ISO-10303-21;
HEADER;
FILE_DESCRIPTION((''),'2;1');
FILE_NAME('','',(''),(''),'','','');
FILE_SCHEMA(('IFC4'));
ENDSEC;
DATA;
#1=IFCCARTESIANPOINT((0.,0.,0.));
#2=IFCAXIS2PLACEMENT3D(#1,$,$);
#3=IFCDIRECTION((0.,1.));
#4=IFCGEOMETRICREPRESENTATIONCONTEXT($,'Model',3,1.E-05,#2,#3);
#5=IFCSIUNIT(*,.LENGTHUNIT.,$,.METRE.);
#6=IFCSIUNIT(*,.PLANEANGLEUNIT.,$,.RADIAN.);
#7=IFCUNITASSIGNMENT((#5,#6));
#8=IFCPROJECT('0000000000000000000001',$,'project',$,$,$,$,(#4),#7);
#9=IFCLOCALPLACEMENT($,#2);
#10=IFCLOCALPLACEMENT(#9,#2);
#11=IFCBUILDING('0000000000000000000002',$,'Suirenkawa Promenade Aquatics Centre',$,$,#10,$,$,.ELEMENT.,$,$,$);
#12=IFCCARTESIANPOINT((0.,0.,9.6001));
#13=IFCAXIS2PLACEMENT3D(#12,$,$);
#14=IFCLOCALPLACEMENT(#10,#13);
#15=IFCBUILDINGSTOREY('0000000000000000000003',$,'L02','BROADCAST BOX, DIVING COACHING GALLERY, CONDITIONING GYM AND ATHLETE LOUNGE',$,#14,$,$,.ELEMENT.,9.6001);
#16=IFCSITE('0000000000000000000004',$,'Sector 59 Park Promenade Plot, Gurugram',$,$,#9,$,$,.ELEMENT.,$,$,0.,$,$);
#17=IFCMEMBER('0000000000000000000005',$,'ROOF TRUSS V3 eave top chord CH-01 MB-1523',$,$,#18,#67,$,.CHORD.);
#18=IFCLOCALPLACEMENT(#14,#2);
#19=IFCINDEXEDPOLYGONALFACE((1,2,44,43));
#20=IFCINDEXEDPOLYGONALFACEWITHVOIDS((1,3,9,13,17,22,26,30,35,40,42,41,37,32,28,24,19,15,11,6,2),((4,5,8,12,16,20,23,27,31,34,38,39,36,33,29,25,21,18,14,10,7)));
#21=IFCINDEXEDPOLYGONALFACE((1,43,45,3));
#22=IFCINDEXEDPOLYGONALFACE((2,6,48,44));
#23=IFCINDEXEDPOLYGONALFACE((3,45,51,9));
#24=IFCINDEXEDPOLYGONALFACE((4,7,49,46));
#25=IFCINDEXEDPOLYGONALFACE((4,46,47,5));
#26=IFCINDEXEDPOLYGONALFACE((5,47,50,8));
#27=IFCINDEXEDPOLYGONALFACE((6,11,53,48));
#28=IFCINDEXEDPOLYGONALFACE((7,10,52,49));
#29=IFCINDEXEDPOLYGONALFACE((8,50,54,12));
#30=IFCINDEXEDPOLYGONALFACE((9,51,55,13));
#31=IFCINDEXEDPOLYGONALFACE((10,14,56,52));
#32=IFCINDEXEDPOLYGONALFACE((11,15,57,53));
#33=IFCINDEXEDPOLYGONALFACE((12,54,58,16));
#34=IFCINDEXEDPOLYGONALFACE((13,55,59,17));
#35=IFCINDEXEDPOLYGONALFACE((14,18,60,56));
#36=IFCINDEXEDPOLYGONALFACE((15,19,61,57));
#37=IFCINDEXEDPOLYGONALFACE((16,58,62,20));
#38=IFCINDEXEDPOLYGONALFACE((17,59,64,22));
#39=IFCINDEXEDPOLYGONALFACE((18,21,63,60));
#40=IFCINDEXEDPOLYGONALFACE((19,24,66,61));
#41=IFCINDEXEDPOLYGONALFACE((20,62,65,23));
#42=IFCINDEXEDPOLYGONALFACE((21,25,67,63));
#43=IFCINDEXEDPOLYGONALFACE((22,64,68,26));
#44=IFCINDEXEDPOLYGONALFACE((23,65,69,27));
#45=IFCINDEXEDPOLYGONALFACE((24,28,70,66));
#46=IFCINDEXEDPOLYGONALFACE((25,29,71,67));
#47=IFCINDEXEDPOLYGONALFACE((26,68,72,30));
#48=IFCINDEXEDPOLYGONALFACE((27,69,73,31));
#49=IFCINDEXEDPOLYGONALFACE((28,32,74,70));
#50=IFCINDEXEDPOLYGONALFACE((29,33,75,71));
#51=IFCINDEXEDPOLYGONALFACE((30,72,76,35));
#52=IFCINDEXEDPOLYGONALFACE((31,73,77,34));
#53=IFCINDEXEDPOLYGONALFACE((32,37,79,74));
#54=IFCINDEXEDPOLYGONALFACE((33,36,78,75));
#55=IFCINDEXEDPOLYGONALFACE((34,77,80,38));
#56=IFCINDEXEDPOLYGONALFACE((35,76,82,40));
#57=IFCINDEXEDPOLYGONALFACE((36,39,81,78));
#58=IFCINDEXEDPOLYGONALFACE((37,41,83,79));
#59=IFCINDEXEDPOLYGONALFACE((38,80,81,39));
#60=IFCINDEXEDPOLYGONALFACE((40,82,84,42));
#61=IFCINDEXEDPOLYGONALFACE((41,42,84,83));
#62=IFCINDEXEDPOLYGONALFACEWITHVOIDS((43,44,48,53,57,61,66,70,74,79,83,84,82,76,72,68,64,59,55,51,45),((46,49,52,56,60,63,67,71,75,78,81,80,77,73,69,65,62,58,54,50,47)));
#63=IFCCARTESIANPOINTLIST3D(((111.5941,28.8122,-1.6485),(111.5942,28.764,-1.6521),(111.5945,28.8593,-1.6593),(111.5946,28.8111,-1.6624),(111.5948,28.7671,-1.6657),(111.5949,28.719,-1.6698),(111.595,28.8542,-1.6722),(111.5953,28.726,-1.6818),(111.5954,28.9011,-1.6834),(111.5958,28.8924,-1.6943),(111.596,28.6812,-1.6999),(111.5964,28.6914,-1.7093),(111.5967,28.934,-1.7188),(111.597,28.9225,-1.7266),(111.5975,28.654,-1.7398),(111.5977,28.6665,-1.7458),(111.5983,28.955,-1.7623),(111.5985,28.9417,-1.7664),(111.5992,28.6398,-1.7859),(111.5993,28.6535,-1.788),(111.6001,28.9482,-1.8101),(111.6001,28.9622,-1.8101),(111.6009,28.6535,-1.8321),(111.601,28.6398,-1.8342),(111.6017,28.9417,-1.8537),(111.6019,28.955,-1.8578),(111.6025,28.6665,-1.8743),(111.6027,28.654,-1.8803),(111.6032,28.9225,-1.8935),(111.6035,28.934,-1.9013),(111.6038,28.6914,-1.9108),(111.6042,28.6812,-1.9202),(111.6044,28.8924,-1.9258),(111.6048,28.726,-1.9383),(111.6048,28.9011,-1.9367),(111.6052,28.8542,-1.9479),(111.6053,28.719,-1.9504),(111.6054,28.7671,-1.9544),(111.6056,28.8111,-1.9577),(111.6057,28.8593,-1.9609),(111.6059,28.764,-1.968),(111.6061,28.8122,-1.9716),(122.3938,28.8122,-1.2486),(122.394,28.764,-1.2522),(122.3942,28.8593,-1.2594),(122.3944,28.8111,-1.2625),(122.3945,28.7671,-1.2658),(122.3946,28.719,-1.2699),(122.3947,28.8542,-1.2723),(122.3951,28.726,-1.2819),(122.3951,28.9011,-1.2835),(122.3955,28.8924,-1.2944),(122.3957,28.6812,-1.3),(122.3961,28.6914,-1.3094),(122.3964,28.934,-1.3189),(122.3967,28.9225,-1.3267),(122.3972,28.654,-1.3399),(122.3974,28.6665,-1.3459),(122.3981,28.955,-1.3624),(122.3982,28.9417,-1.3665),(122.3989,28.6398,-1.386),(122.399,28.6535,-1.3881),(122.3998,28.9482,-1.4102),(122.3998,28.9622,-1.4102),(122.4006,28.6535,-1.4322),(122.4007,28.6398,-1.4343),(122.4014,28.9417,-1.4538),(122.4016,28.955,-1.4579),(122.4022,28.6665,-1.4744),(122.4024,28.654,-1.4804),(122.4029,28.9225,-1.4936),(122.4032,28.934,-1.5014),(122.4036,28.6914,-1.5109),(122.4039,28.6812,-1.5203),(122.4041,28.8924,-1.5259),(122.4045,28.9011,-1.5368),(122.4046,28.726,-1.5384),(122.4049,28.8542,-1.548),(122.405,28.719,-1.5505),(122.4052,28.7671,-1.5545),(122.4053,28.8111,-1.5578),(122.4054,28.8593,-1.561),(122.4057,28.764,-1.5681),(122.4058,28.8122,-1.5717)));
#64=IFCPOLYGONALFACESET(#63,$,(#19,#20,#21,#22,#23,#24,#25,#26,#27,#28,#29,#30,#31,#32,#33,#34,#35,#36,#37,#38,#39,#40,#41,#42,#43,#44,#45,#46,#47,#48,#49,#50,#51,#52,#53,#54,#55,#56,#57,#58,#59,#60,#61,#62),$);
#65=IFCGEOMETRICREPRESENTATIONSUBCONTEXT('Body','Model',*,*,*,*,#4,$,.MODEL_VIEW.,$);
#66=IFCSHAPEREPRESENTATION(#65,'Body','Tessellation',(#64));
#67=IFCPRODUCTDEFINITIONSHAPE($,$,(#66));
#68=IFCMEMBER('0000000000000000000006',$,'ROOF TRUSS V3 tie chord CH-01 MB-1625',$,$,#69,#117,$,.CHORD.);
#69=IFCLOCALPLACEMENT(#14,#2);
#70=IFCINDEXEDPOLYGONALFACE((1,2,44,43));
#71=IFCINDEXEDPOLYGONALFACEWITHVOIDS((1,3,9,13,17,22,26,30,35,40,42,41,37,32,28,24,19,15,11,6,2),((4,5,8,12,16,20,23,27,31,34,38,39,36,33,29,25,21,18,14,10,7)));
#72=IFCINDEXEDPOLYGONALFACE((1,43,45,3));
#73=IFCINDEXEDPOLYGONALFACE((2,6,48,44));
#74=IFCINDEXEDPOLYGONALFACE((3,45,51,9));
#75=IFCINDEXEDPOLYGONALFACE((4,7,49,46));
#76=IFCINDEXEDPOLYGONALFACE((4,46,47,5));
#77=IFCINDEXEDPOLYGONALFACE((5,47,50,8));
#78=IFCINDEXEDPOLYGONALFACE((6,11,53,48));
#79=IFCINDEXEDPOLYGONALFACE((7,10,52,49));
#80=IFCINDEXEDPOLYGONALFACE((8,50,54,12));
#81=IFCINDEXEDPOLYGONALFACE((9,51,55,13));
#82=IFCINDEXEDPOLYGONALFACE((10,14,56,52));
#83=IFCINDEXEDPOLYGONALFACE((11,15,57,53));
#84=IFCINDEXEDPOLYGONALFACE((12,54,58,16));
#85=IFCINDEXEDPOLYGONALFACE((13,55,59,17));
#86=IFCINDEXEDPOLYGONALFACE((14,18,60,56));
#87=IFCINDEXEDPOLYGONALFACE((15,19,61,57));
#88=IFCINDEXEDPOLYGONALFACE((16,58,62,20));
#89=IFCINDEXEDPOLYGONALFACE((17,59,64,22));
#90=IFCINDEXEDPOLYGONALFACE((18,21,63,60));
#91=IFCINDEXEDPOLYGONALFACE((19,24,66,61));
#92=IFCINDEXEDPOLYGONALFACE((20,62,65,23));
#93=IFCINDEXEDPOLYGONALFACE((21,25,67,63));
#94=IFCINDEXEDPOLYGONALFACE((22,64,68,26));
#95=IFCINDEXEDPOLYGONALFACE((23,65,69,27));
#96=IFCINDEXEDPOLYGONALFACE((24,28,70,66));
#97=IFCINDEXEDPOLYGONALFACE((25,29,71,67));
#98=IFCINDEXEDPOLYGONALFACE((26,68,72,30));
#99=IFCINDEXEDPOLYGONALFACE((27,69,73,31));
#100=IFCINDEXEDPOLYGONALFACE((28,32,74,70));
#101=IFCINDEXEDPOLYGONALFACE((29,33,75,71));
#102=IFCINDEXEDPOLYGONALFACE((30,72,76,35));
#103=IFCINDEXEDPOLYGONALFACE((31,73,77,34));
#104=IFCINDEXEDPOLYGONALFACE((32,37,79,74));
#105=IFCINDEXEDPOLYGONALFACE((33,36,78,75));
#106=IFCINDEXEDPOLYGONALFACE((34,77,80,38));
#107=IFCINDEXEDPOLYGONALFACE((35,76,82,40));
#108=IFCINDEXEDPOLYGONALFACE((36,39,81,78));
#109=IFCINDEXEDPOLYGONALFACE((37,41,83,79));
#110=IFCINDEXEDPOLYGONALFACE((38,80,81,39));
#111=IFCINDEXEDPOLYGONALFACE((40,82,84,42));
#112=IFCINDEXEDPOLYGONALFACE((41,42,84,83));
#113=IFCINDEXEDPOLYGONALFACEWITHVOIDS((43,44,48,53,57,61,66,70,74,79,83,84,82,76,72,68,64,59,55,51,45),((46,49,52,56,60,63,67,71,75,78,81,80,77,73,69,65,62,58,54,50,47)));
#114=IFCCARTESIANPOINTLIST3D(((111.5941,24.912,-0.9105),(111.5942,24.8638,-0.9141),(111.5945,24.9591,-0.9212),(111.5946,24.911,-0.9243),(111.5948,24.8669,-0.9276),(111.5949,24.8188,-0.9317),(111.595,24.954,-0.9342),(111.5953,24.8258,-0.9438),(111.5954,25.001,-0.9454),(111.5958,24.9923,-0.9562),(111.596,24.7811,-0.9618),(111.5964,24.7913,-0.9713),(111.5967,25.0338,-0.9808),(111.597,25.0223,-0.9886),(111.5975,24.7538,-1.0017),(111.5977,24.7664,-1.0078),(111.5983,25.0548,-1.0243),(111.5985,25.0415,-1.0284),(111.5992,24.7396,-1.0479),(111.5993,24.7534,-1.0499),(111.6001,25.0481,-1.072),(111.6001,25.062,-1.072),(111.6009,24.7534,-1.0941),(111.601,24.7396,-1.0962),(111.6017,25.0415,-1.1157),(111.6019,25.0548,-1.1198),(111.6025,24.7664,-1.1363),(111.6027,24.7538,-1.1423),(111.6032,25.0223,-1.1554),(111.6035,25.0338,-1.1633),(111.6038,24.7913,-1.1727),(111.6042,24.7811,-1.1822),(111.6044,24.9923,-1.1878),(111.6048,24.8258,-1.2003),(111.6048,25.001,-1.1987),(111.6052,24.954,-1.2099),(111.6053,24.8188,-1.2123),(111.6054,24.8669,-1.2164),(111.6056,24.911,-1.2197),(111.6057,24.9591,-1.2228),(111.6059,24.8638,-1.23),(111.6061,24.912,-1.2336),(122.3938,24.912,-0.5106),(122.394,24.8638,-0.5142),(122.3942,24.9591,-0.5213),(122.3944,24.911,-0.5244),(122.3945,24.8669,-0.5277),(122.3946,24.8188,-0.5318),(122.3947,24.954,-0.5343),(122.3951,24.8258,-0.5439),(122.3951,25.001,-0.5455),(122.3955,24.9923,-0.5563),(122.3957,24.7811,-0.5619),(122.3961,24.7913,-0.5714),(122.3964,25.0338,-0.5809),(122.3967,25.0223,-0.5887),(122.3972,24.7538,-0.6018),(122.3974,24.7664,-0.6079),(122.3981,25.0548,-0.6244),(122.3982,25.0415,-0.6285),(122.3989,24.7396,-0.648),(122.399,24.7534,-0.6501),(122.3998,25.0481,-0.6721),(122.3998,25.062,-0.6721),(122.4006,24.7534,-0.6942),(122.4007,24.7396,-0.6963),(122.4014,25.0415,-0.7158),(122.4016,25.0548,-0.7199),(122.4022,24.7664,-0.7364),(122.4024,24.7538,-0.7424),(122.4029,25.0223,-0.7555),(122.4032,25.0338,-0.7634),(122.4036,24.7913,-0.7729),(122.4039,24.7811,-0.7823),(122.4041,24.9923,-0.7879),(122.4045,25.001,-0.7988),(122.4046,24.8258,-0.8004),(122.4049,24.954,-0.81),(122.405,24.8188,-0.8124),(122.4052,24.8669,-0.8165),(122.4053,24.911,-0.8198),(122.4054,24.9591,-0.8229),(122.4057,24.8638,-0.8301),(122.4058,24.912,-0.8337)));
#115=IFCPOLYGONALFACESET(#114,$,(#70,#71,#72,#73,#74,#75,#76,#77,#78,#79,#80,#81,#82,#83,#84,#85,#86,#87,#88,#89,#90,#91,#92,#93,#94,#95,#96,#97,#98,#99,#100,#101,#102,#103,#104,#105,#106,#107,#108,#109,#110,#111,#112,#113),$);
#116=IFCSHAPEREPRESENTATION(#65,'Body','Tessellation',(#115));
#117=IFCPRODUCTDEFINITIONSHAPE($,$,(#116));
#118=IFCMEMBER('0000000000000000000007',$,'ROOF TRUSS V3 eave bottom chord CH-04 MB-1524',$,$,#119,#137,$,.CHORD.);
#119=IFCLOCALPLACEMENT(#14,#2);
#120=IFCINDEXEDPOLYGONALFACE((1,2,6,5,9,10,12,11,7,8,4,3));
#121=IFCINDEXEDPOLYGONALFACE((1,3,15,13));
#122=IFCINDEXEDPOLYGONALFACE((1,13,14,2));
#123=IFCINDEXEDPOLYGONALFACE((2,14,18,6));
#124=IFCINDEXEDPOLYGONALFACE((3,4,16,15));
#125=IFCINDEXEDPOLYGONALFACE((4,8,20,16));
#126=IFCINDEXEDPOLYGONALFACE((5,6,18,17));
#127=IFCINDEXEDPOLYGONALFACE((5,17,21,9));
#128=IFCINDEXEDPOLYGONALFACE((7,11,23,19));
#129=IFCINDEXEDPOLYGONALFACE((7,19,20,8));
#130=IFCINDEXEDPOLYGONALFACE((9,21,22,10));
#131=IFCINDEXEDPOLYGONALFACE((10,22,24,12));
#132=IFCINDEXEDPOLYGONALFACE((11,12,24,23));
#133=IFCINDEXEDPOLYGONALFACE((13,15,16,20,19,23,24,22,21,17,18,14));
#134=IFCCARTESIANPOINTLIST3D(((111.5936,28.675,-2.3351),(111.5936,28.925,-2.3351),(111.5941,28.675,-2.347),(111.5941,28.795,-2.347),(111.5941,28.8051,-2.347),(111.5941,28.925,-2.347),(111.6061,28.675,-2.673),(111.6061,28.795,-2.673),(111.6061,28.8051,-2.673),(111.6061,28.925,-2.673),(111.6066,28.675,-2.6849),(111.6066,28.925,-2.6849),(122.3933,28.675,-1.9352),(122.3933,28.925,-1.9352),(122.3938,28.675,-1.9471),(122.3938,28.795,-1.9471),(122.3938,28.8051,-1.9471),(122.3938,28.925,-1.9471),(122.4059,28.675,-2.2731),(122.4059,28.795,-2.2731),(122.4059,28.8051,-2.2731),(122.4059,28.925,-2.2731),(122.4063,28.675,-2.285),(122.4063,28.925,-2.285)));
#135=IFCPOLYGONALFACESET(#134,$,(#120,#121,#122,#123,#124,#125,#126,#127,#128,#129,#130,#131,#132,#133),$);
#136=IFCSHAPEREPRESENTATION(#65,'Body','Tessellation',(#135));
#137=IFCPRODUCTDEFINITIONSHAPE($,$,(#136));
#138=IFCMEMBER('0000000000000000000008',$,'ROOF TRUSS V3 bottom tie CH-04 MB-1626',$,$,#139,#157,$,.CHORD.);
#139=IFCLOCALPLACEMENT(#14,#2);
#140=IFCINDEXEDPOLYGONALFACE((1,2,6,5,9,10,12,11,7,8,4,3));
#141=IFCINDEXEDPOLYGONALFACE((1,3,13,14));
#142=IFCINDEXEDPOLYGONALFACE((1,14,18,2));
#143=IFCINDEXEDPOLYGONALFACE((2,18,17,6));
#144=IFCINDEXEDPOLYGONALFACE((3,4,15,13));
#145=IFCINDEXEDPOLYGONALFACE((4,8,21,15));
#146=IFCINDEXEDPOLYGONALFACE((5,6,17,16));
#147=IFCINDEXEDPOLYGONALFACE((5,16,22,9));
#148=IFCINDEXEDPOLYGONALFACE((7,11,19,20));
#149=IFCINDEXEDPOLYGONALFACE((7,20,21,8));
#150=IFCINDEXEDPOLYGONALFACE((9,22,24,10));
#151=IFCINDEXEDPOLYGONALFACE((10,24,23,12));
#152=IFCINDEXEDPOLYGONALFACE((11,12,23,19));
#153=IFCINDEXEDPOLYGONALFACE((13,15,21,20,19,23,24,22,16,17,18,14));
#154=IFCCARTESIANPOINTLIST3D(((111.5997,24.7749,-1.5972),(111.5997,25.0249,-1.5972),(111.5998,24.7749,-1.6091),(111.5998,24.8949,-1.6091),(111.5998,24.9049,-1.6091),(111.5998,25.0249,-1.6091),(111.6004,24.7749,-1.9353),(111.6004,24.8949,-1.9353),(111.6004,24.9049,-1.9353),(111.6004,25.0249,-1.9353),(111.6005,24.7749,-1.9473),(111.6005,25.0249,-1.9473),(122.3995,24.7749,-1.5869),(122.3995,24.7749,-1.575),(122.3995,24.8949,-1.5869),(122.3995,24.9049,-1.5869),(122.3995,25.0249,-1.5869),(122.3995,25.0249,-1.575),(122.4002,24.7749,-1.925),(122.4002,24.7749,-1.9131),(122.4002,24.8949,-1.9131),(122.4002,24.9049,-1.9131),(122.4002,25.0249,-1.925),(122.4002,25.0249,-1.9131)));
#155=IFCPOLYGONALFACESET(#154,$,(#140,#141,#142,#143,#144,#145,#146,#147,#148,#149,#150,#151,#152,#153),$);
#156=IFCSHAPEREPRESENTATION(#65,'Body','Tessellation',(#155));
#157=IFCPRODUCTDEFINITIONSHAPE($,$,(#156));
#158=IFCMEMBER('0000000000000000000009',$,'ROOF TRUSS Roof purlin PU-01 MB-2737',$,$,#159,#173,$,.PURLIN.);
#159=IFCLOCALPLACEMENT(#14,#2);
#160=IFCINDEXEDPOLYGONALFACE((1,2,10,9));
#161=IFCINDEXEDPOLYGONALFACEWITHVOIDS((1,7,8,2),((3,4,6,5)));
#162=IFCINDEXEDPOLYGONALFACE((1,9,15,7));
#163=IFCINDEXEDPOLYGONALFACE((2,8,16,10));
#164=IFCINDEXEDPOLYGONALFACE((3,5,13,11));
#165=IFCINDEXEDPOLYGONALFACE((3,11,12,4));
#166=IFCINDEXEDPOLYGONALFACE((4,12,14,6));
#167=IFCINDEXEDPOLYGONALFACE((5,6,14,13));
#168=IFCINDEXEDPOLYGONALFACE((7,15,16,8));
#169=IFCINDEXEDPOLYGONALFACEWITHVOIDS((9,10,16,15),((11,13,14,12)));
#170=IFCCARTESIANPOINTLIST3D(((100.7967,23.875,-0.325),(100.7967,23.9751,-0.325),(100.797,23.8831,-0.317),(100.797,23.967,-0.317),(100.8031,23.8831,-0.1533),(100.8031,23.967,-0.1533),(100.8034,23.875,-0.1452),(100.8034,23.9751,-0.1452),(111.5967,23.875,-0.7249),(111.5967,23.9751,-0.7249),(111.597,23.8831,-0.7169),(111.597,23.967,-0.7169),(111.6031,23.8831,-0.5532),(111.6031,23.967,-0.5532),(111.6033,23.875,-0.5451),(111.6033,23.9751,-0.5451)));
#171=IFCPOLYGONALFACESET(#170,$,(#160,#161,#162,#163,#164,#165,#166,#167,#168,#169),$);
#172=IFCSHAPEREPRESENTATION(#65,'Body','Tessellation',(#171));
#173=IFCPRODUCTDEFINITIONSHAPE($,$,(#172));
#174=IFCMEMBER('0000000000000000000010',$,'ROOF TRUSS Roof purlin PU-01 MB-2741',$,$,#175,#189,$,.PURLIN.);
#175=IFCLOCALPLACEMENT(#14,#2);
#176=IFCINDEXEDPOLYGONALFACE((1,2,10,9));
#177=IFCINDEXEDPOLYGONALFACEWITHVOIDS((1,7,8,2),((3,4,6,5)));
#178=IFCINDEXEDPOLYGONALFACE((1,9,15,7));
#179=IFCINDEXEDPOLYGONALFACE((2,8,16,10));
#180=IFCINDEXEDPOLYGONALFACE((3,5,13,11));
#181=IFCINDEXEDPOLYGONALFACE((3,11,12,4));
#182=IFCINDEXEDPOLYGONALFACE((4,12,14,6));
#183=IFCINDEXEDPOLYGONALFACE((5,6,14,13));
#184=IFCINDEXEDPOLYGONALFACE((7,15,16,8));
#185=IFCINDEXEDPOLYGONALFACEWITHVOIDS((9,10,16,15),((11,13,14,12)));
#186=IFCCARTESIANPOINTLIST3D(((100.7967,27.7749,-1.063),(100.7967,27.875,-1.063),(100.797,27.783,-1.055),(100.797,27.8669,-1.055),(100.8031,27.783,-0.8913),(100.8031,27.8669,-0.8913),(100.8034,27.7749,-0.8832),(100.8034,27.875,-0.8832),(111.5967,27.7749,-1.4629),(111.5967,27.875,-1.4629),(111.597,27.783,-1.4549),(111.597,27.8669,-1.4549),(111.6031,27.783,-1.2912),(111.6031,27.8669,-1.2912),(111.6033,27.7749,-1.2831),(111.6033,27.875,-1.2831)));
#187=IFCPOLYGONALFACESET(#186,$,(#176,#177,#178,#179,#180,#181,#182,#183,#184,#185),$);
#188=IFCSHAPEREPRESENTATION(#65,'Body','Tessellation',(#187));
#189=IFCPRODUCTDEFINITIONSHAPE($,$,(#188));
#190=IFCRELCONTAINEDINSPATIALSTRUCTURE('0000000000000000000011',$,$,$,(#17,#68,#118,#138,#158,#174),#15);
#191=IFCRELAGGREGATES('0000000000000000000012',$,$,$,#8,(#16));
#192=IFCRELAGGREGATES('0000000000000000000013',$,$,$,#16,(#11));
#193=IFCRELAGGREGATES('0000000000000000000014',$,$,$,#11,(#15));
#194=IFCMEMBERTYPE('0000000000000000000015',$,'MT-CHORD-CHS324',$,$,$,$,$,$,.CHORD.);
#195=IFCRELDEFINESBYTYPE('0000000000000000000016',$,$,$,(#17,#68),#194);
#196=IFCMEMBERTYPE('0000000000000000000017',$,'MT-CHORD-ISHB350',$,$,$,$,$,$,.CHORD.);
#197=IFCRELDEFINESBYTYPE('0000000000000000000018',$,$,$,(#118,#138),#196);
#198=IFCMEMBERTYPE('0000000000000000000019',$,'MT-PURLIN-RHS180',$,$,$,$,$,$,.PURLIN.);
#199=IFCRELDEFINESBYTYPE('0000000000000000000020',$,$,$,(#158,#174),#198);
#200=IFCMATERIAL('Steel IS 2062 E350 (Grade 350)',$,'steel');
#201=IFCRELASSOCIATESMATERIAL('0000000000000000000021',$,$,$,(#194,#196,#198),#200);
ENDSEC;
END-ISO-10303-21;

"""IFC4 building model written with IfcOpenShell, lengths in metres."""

from ifc_helpers import new_model, si_unit, direction, frame, origin, origin_2d, place, context, subcontext, project, spatial, hollow_rectangle, hollow_circle, i_section, extrude, material, material_profile, profile_set, type_object, element, save


model = new_model("IFC4")

# Units and contexts
model_context = context("Model", 3, precision=1e-05, world=origin(), true_north=direction((0.0, 1.0)))
body_context = subcontext(model_context, "Body", "Model", "MODEL_VIEW")
ifc_project = project(units=[si_unit("LENGTHUNIT", "METRE"), si_unit("PLANEANGLEUNIT", "RADIAN")], contexts=[model_context])

# Site, building, storey
site_placement = place(None, origin())
site = spatial("IfcSite", under=ifc_project, at=site_placement, Name="Sector 59 Park Promenade Plot, Gurugram", CompositionType="ELEMENT", RefElevation=0.0)
building_placement = place(site_placement, origin())
building = spatial("IfcBuilding", under=site, at=building_placement, Name="Suirenkawa Promenade Aquatics Centre", CompositionType="ELEMENT")
storey_placement = place(building_placement, frame((0.0, 0.0, 9.6001)))
storey = spatial("IfcBuildingStorey", under=building, at=storey_placement, Name="L02", Description="BROADCAST BOX, DIVING COACHING GALLERY, CONDITIONING GYM AND ATHLETE LOUNGE", CompositionType="ELEMENT", Elevation=9.6001)

# Shared definitions
ifc_material = material(Name="Steel IS 2062 E350 (Grade 350)", Category="steel")

# Members
ifc_material_profile_1 = material_profile(ifc_material, hollow_circle(Radius=0.1621, WallThickness=0.0139, at=origin_2d()), Name="CHS 324x14", Category="steel")
ifc_profile_set_1 = profile_set([ifc_material_profile_1], Name="Steel IS 2062 E350 (Grade 350)")
member_type_1 = type_object("IfcMemberType", Name="MT-CHORD-CHS324", PredefinedType="CHORD", material=ifc_profile_set_1)
for number, where, z_axis, x_axis, name in (
    (1, (111.6001, 28.8, -1.8101), (0.999315, 0.0, 0.037003), (0.0, 1.0, 0.0), "ROOF TRUSS V3 eave top chord CH-01 MB-1523"),
    (2, (111.6001, 24.8999, -1.072), (0.999315, 0.0, 0.037003), (0.0, 1.0, 0.0), "ROOF TRUSS V3 tie chord CH-01 MB-1625"),
):
    element("IfcMember", number, at=place(storey_placement, frame(where, z_axis=z_axis, x_axis=x_axis)), inside=storey, type_object=member_type_1, Name=name, PredefinedType="CHORD", context=body_context, shape_type="SweptSolid", body=[
        extrude(hollow_circle(Radius=0.1621, WallThickness=0.0139, at=origin_2d()), origin(), (0.0, 0.0, 1.0), 10.8071),
    ])
ifc_material_profile_2 = material_profile(ifc_material, i_section(OverallWidth=0.25, OverallDepth=0.3501, WebThickness=0.01, FlangeThickness=0.012, at=origin_2d()), Name="ISHB 350", Category="steel")
ifc_profile_set_2 = profile_set([ifc_material_profile_2], Name="Steel IS 2062 E350 (Grade 350)")
member_type_2 = type_object("IfcMemberType", Name="MT-CHORD-ISHB350", PredefinedType="CHORD", material=ifc_profile_set_2)
member_1_placement = place(storey_placement, frame((111.6001, 28.8, -2.51), z_axis=(0.999315, 0.0, 0.037003), x_axis=(0.0, 1.0, 0.0)))
element("IfcMember", 3, at=member_1_placement, inside=storey, type_object=member_type_2, Name="ROOF TRUSS V3 eave bottom chord CH-04 MB-1524", PredefinedType="CHORD", context=body_context, shape_type="SweptSolid", body=[
    extrude(i_section(OverallWidth=0.25, OverallDepth=0.3501, WebThickness=0.01, FlangeThickness=0.012, at=origin_2d()), origin(), (0.0, 0.0, 1.0), 10.8071),
])
member_2_placement = place(storey_placement, frame((111.6001, 24.8999, -1.7722), z_axis=(0.999998, 0.0, 0.002057), x_axis=(0.0, 1.0, 0.0)))
element("IfcMember", 4, at=member_2_placement, inside=storey, type_object=member_type_2, Name="ROOF TRUSS V3 bottom tie CH-04 MB-1626", PredefinedType="CHORD", context=body_context, shape_type="SweptSolid", body=[
    extrude(i_section(OverallWidth=0.25, OverallDepth=0.3501, WebThickness=0.01, FlangeThickness=0.012, at=origin_2d()), origin(), (0.0, 0.0, 1.0), 10.7998),
])
ifc_material_profile_3 = material_profile(ifc_material, hollow_rectangle(XDim=0.1001, YDim=0.1799, WallThickness=0.0081, at=origin_2d()), Name="RHS 180x100x8", Category="steel")
ifc_profile_set_3 = profile_set([ifc_material_profile_3], Name="Steel IS 2062 E350 (Grade 350)")
member_type_3 = type_object("IfcMemberType", Name="MT-PURLIN-RHS180", PredefinedType="PURLIN", material=ifc_profile_set_3)
for number, where, z_axis, x_axis, name in (
    (5, (100.8, 23.925, -0.2351), (0.999315, 0.0, -0.037002), (0.0, 1.0, 0.0), "ROOF TRUSS Roof purlin PU-01 MB-2737"),
    (6, (100.8, 27.825, -0.9731), (0.999315, 0.0, -0.037002), (0.0, 1.0, 0.0), "ROOF TRUSS Roof purlin PU-01 MB-2741"),
):
    element("IfcMember", number, at=place(storey_placement, frame(where, z_axis=z_axis, x_axis=x_axis)), inside=storey, type_object=member_type_3, Name=name, PredefinedType="PURLIN", context=body_context, shape_type="SweptSolid", body=[
        extrude(hollow_rectangle(XDim=0.1001, YDim=0.1799, WallThickness=0.0081, at=origin_2d()), origin(), (0.0, 0.0, 1.0), 10.8074),
    ])

save(model, "model.ifc")
